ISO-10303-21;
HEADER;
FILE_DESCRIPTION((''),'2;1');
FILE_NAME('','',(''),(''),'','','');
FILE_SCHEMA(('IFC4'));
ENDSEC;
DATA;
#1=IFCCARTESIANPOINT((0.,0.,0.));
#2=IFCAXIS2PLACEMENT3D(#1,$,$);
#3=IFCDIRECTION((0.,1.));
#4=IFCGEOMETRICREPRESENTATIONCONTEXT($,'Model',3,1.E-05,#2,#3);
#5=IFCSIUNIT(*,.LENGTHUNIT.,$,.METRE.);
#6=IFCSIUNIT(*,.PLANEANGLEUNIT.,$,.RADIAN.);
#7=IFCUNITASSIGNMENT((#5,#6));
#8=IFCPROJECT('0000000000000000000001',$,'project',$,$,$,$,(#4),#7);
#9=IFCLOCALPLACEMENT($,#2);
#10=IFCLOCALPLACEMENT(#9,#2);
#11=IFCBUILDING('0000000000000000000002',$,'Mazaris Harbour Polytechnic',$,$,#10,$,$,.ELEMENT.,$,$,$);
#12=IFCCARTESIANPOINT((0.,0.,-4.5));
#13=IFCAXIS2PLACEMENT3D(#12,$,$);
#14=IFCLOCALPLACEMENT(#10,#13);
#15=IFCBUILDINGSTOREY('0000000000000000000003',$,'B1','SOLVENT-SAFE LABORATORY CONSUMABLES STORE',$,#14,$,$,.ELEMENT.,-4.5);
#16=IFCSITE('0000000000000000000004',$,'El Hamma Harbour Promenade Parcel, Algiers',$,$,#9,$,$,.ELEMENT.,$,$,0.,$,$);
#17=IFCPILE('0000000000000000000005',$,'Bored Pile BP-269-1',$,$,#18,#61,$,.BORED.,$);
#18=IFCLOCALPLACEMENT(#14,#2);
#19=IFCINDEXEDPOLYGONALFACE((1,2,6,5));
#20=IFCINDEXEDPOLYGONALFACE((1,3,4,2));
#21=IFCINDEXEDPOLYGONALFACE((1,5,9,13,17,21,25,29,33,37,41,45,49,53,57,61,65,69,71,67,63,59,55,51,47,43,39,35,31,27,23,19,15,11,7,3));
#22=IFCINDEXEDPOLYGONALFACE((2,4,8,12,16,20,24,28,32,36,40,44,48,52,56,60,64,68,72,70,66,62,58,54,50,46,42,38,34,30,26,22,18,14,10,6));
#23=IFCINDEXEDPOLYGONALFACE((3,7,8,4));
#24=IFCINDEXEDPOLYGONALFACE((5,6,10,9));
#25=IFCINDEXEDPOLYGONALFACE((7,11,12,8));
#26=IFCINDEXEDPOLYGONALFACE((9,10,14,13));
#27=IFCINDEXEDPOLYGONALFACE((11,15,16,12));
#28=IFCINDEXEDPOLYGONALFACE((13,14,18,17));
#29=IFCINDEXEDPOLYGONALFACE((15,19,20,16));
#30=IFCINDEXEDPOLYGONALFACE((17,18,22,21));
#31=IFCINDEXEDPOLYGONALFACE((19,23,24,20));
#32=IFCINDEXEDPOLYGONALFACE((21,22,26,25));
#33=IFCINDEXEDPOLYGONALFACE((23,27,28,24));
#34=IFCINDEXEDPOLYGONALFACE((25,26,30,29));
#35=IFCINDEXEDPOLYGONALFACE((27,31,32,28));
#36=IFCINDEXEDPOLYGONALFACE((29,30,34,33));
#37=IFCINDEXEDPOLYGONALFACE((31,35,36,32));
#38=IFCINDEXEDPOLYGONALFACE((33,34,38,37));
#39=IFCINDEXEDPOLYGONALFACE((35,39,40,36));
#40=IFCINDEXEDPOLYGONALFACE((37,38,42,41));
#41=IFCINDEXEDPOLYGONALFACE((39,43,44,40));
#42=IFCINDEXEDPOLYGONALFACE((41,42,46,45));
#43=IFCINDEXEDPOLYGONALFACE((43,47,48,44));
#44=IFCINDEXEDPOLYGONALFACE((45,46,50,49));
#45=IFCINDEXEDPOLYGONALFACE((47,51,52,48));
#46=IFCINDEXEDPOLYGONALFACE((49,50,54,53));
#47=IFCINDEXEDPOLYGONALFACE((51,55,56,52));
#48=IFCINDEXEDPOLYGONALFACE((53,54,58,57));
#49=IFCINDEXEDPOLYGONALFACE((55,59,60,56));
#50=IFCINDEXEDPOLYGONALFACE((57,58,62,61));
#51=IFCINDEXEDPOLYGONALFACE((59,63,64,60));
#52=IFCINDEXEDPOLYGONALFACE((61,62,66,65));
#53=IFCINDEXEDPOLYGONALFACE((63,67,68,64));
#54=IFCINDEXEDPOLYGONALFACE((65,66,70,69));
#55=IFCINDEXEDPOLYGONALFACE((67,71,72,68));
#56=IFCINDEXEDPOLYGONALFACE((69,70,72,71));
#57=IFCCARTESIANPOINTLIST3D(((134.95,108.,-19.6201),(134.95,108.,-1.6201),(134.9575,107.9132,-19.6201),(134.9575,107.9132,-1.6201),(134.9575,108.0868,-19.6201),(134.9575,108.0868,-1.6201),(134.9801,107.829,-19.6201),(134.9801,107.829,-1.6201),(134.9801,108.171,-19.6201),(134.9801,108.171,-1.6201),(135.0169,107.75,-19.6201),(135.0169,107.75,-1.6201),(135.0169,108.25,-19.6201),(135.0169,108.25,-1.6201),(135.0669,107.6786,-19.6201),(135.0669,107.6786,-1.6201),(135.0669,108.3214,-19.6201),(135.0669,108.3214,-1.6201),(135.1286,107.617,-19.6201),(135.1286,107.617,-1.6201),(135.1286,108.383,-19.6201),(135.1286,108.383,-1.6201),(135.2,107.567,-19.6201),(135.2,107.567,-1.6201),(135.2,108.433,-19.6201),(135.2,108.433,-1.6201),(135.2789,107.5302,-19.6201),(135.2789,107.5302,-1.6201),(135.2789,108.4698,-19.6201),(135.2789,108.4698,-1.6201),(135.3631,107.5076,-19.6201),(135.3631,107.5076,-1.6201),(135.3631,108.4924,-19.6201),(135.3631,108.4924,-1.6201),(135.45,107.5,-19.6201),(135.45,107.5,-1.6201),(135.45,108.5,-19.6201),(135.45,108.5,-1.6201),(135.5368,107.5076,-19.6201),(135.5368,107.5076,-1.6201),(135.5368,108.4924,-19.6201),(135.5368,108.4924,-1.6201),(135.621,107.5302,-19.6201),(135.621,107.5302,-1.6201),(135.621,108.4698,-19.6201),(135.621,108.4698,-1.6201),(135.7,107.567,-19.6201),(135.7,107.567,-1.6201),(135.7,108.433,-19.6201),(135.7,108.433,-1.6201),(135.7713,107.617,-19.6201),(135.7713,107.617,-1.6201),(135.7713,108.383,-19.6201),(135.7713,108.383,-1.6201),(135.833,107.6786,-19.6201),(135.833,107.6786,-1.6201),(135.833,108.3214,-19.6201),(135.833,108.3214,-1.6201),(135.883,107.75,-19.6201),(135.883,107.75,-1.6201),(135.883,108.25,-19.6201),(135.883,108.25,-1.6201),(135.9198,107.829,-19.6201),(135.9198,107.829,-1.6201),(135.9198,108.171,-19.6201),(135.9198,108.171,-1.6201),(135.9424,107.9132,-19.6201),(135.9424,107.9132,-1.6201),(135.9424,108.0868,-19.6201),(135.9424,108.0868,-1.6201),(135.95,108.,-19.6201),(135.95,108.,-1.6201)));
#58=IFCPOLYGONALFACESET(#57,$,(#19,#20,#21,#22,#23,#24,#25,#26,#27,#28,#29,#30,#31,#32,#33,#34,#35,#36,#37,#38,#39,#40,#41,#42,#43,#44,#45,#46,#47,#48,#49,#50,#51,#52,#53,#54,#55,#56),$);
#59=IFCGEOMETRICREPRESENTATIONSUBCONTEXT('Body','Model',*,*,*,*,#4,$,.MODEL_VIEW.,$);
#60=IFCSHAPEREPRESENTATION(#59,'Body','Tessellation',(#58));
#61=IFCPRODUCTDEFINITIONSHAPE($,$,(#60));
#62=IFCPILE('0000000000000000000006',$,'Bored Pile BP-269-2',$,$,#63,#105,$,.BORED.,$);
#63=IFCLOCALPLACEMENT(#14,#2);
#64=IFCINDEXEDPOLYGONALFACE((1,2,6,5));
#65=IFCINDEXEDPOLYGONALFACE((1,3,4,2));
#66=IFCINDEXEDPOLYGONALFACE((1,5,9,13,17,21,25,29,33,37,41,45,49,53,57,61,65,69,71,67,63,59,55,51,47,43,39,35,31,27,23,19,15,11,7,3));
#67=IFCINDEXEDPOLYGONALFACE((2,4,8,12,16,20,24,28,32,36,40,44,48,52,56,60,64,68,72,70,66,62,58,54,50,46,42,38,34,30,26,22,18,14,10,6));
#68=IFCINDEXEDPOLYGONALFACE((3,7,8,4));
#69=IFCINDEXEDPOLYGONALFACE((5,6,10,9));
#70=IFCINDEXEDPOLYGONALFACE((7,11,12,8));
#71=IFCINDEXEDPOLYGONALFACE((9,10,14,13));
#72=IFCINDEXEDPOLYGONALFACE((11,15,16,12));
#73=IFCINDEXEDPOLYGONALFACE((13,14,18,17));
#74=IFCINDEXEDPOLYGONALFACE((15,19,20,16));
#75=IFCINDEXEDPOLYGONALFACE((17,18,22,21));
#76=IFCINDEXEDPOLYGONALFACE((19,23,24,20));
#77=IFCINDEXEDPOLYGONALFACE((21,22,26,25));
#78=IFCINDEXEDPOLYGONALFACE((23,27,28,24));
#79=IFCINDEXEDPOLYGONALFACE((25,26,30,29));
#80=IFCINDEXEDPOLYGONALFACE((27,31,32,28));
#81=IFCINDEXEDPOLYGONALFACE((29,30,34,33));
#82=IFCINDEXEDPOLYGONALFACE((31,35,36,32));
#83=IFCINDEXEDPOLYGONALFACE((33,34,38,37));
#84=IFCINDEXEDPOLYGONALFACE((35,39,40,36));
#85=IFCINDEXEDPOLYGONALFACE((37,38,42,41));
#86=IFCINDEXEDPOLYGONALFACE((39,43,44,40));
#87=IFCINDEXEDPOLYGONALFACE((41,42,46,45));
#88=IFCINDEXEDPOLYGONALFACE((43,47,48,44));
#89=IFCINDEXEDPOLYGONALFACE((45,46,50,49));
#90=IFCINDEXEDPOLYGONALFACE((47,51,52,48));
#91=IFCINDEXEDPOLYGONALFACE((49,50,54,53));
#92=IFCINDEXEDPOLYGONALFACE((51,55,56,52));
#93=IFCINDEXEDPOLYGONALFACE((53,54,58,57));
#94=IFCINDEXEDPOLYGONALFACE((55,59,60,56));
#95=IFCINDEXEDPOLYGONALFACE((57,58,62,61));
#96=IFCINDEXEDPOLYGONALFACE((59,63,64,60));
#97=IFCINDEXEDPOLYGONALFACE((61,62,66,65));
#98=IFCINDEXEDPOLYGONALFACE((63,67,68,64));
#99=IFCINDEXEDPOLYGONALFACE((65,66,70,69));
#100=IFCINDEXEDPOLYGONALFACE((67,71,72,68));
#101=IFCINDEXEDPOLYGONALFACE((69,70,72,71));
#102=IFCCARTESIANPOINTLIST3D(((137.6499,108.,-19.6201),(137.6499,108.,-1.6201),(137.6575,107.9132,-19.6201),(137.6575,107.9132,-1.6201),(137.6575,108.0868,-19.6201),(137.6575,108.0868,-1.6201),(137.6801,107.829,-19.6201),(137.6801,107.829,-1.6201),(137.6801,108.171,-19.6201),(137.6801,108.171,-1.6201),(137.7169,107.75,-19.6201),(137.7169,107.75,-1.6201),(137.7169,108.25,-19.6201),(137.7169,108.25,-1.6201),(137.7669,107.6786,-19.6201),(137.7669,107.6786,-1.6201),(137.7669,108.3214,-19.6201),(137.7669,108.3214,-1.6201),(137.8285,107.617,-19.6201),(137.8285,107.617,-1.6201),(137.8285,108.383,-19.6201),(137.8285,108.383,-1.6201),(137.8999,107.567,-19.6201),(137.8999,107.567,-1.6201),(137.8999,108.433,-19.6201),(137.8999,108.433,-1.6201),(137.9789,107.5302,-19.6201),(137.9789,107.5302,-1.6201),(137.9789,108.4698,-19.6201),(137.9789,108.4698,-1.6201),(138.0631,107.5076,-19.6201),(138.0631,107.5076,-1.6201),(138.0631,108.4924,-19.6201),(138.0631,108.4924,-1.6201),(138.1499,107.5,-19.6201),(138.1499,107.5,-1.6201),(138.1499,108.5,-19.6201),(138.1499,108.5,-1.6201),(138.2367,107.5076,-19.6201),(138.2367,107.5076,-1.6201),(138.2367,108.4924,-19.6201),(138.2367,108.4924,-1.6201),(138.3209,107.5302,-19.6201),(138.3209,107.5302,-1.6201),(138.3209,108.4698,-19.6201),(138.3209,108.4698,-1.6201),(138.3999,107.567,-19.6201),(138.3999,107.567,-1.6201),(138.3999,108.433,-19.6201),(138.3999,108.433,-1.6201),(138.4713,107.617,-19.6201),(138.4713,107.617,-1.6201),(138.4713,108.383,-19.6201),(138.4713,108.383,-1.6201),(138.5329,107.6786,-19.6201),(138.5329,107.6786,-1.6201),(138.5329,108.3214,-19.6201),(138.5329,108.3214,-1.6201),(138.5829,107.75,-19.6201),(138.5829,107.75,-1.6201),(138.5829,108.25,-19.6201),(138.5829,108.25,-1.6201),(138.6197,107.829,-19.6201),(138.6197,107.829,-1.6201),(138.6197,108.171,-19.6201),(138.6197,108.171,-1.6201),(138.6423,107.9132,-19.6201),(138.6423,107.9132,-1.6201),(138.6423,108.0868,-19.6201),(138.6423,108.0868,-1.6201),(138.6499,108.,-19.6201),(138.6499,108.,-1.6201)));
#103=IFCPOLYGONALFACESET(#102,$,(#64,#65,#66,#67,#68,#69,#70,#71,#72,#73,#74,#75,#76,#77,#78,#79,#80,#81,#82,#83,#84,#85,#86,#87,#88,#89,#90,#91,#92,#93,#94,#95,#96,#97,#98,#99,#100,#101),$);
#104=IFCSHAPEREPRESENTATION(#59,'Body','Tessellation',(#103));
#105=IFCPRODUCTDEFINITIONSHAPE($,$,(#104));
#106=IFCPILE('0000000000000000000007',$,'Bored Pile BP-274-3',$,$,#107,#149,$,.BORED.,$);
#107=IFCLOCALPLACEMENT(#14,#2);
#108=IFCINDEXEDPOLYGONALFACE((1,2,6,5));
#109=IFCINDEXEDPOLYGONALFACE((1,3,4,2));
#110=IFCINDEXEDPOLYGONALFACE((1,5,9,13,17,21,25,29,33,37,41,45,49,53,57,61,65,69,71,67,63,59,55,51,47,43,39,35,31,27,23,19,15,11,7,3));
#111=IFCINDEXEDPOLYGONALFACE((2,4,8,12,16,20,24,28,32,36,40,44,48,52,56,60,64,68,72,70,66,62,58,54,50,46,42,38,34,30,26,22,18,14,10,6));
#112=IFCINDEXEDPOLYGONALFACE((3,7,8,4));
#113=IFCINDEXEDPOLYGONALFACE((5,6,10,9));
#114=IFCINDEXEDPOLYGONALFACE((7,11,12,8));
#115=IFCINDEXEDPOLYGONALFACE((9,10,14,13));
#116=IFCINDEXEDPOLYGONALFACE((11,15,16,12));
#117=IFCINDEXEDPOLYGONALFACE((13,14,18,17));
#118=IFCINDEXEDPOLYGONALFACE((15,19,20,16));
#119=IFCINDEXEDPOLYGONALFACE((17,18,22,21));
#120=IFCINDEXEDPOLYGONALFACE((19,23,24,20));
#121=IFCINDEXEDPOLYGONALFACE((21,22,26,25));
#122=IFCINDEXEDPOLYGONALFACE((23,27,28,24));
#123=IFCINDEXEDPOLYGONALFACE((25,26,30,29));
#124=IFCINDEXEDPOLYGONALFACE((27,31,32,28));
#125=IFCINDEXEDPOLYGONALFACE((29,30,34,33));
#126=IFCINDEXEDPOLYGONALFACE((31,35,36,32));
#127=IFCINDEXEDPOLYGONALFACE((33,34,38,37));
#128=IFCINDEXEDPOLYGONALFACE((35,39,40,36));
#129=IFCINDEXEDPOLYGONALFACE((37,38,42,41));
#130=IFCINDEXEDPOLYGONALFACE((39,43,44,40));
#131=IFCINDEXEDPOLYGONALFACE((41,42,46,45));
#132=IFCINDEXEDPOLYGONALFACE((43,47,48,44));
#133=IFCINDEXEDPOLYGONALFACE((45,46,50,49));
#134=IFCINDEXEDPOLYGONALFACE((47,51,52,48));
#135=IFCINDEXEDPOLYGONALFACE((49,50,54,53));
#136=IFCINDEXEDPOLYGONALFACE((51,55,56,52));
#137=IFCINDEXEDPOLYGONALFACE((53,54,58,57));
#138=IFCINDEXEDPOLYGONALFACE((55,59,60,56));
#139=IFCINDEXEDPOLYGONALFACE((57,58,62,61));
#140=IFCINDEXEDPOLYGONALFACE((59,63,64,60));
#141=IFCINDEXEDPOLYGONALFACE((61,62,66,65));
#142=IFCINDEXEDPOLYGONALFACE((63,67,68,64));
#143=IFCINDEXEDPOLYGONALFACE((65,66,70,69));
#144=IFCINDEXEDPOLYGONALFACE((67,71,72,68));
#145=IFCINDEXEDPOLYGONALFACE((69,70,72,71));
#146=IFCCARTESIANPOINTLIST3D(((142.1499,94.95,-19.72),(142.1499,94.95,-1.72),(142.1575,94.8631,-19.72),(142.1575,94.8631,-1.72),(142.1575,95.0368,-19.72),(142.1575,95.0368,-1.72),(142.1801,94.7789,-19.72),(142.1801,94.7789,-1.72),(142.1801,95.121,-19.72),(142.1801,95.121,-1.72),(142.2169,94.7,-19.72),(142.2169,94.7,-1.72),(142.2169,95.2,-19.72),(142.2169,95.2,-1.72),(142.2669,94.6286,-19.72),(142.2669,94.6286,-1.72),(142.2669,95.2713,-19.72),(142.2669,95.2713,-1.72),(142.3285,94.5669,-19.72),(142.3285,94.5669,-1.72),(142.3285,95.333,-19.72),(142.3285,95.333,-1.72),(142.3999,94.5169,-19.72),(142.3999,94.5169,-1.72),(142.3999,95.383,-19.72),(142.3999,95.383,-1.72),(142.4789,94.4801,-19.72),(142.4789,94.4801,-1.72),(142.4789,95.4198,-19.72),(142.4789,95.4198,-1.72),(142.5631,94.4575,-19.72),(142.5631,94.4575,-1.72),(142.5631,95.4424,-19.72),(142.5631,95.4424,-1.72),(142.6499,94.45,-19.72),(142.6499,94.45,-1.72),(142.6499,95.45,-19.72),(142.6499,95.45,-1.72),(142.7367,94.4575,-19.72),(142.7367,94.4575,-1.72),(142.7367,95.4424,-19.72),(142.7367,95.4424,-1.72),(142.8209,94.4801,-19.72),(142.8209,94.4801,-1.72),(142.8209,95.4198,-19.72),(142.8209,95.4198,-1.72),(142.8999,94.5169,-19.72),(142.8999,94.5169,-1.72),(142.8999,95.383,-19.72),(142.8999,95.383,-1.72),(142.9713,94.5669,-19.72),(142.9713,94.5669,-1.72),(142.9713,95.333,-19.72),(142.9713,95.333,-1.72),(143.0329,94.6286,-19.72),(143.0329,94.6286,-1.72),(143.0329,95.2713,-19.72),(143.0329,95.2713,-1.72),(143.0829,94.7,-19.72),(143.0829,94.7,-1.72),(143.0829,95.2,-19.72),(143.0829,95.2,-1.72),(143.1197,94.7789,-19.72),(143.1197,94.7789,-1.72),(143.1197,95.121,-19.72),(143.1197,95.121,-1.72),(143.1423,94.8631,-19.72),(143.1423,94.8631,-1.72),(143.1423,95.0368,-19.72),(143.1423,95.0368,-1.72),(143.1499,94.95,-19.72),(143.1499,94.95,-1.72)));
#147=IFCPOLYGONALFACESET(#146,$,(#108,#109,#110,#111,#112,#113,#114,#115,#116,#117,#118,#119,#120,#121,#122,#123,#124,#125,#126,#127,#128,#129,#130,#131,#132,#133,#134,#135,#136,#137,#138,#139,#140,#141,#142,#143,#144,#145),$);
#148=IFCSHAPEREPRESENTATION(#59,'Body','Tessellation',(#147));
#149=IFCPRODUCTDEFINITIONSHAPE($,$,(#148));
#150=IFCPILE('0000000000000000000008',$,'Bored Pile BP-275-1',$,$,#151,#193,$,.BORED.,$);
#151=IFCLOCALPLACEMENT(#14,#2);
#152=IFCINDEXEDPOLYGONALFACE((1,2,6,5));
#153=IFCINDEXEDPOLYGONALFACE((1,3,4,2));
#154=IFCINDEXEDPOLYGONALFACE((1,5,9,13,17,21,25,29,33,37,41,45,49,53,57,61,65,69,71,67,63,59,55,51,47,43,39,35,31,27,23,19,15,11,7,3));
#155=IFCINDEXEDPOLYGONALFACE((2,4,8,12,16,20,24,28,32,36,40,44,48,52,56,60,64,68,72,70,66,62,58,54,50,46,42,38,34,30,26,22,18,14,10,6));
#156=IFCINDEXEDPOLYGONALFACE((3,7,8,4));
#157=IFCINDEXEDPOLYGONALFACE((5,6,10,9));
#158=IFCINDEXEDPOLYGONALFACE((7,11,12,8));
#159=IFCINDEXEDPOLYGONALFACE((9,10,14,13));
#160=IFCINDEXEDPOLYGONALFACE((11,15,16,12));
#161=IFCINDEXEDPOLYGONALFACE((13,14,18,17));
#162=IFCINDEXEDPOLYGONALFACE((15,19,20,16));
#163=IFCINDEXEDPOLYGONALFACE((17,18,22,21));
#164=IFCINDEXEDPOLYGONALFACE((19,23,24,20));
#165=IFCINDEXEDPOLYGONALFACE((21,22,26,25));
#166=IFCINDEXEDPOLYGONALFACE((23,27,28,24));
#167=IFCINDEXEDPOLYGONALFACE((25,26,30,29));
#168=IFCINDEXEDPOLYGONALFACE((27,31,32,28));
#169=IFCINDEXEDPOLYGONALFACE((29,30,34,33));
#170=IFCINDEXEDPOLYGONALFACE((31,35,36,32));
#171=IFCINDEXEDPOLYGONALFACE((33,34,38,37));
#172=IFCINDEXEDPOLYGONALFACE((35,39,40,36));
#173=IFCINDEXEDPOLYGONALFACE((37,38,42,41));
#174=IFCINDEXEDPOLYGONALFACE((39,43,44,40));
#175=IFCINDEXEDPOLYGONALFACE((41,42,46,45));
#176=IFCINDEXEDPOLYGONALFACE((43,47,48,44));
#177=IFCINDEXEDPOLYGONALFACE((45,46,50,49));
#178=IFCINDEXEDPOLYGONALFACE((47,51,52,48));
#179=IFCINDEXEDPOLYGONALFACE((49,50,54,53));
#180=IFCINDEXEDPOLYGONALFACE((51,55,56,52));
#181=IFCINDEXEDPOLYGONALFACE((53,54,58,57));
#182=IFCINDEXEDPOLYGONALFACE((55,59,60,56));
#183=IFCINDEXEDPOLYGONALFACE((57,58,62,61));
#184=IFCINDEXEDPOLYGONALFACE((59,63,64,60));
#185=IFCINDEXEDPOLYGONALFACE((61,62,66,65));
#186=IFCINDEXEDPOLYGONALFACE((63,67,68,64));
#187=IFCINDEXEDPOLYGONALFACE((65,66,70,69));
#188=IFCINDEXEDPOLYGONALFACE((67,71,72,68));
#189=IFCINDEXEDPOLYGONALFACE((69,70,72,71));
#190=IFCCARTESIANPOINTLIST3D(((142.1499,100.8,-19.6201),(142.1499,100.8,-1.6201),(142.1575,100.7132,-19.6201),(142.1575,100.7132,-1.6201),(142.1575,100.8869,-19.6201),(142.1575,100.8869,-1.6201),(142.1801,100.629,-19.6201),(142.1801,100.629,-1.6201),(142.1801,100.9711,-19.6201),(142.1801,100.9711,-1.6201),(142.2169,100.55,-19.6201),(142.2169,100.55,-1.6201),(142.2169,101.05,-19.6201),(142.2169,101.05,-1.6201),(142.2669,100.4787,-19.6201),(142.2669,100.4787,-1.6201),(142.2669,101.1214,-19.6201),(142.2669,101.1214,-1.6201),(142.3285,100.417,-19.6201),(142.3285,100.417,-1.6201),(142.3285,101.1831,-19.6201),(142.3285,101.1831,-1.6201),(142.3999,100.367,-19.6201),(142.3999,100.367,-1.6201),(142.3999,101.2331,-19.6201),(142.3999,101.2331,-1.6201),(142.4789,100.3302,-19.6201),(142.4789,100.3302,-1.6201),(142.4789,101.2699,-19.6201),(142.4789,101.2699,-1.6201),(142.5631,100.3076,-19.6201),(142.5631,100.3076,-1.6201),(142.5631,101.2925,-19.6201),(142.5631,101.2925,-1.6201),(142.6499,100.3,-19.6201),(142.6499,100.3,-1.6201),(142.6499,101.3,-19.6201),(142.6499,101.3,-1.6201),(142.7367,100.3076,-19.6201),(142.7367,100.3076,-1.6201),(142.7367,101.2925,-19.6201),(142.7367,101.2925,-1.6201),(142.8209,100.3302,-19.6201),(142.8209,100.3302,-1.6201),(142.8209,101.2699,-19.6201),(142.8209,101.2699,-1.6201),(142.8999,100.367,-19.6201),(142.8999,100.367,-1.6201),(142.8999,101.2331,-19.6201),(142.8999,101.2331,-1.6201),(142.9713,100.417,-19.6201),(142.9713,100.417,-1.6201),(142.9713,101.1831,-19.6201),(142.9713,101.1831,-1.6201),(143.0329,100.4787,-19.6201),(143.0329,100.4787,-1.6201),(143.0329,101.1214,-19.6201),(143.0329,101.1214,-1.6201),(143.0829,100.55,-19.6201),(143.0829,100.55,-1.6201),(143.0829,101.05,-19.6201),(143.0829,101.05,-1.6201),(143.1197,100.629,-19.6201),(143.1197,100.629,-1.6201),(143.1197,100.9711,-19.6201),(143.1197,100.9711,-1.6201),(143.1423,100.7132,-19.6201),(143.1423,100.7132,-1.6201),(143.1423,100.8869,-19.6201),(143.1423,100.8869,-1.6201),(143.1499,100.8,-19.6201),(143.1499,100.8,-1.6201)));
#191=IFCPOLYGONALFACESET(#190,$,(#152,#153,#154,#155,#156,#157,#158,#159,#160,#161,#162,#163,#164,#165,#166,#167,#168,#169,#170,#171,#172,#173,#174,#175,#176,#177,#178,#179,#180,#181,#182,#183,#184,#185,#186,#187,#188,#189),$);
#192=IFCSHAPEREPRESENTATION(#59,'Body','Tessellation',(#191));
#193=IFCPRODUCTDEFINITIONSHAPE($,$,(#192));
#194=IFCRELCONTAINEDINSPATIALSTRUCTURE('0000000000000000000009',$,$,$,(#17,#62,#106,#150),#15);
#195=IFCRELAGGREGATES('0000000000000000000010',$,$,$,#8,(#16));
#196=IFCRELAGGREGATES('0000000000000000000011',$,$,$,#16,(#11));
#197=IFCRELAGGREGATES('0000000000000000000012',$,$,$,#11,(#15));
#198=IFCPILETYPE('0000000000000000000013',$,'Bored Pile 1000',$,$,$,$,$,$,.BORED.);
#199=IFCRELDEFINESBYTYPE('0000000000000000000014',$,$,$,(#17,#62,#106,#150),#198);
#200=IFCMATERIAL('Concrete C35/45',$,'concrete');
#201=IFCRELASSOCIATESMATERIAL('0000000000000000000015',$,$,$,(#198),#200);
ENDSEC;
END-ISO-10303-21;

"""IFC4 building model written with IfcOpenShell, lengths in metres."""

from ifc_helpers import new_model, si_unit, direction, frame, origin, origin_2d, place, context, subcontext, project, spatial, circle, extrude, material, material_profile, profile_set, type_object, element, save


model = new_model("IFC4")

# Units and contexts
model_context = context("Model", 3, precision=1e-05, world=origin(), true_north=direction((0.0, 1.0)))
body_context = subcontext(model_context, "Body", "Model", "MODEL_VIEW")
ifc_project = project(units=[si_unit("LENGTHUNIT", "METRE"), si_unit("PLANEANGLEUNIT", "RADIAN")], contexts=[model_context])

# Site, building, storey
site_placement = place(None, origin())
site = spatial("IfcSite", under=ifc_project, at=site_placement, Name="El Hamma Harbour Promenade Parcel, Algiers", CompositionType="ELEMENT", RefElevation=0.0)
building_placement = place(site_placement, origin())
building = spatial("IfcBuilding", under=site, at=building_placement, Name="Mazaris Harbour Polytechnic", CompositionType="ELEMENT")
storey_placement = place(building_placement, frame((0.0, 0.0, -4.5)))
storey = spatial("IfcBuildingStorey", under=building, at=storey_placement, Name="B1", Description="SOLVENT-SAFE LABORATORY CONSUMABLES STORE", CompositionType="ELEMENT", Elevation=-4.5)

# Piles
ifc_material_1 = material(Name="Concrete C35/45", Category="concrete")
ifc_material_profile_1 = material_profile(ifc_material_1, circle(Radius=0.5, at=origin_2d()), Name="DIA1000")
ifc_profile_set_1 = profile_set([ifc_material_profile_1], Name="Concrete C35/45")
pile_type_1 = type_object("IfcPileType", Name="Bored Pile 1000", PredefinedType="BORED", material=ifc_profile_set_1)
for number, where, z_axis, x_axis, name in (
    (1, (135.45, 108.0, -1.6201), (0.0, 0.0, -1.0), (1.0, 0.0, 0.0), "Bored Pile BP-269-1"),
    (2, (138.1499, 108.0, -1.6201), (0.0, 0.0, -1.0), (1.0, 0.0, 0.0), "Bored Pile BP-269-2"),
    (3, (142.6499, 94.95, -1.72), (0.0, 0.0, -1.0), (1.0, 0.0, 0.0), "Bored Pile BP-274-3"),
    (4, (142.6499, 100.8, -1.6201), (0.0, 0.0, -1.0), (1.0, 0.0, 0.0), "Bored Pile BP-275-1"),
):
    element("IfcPile", number, at=place(storey_placement, frame(where, z_axis=z_axis, x_axis=x_axis)), inside=storey, type_object=pile_type_1, Name=name, PredefinedType="BORED", context=body_context, shape_type="SweptSolid", body=[
        extrude(circle(Radius=0.5, at=origin_2d()), origin(), (0.0, 0.0, 1.0), 18.0),
    ])

save(model, "model.ifc")
